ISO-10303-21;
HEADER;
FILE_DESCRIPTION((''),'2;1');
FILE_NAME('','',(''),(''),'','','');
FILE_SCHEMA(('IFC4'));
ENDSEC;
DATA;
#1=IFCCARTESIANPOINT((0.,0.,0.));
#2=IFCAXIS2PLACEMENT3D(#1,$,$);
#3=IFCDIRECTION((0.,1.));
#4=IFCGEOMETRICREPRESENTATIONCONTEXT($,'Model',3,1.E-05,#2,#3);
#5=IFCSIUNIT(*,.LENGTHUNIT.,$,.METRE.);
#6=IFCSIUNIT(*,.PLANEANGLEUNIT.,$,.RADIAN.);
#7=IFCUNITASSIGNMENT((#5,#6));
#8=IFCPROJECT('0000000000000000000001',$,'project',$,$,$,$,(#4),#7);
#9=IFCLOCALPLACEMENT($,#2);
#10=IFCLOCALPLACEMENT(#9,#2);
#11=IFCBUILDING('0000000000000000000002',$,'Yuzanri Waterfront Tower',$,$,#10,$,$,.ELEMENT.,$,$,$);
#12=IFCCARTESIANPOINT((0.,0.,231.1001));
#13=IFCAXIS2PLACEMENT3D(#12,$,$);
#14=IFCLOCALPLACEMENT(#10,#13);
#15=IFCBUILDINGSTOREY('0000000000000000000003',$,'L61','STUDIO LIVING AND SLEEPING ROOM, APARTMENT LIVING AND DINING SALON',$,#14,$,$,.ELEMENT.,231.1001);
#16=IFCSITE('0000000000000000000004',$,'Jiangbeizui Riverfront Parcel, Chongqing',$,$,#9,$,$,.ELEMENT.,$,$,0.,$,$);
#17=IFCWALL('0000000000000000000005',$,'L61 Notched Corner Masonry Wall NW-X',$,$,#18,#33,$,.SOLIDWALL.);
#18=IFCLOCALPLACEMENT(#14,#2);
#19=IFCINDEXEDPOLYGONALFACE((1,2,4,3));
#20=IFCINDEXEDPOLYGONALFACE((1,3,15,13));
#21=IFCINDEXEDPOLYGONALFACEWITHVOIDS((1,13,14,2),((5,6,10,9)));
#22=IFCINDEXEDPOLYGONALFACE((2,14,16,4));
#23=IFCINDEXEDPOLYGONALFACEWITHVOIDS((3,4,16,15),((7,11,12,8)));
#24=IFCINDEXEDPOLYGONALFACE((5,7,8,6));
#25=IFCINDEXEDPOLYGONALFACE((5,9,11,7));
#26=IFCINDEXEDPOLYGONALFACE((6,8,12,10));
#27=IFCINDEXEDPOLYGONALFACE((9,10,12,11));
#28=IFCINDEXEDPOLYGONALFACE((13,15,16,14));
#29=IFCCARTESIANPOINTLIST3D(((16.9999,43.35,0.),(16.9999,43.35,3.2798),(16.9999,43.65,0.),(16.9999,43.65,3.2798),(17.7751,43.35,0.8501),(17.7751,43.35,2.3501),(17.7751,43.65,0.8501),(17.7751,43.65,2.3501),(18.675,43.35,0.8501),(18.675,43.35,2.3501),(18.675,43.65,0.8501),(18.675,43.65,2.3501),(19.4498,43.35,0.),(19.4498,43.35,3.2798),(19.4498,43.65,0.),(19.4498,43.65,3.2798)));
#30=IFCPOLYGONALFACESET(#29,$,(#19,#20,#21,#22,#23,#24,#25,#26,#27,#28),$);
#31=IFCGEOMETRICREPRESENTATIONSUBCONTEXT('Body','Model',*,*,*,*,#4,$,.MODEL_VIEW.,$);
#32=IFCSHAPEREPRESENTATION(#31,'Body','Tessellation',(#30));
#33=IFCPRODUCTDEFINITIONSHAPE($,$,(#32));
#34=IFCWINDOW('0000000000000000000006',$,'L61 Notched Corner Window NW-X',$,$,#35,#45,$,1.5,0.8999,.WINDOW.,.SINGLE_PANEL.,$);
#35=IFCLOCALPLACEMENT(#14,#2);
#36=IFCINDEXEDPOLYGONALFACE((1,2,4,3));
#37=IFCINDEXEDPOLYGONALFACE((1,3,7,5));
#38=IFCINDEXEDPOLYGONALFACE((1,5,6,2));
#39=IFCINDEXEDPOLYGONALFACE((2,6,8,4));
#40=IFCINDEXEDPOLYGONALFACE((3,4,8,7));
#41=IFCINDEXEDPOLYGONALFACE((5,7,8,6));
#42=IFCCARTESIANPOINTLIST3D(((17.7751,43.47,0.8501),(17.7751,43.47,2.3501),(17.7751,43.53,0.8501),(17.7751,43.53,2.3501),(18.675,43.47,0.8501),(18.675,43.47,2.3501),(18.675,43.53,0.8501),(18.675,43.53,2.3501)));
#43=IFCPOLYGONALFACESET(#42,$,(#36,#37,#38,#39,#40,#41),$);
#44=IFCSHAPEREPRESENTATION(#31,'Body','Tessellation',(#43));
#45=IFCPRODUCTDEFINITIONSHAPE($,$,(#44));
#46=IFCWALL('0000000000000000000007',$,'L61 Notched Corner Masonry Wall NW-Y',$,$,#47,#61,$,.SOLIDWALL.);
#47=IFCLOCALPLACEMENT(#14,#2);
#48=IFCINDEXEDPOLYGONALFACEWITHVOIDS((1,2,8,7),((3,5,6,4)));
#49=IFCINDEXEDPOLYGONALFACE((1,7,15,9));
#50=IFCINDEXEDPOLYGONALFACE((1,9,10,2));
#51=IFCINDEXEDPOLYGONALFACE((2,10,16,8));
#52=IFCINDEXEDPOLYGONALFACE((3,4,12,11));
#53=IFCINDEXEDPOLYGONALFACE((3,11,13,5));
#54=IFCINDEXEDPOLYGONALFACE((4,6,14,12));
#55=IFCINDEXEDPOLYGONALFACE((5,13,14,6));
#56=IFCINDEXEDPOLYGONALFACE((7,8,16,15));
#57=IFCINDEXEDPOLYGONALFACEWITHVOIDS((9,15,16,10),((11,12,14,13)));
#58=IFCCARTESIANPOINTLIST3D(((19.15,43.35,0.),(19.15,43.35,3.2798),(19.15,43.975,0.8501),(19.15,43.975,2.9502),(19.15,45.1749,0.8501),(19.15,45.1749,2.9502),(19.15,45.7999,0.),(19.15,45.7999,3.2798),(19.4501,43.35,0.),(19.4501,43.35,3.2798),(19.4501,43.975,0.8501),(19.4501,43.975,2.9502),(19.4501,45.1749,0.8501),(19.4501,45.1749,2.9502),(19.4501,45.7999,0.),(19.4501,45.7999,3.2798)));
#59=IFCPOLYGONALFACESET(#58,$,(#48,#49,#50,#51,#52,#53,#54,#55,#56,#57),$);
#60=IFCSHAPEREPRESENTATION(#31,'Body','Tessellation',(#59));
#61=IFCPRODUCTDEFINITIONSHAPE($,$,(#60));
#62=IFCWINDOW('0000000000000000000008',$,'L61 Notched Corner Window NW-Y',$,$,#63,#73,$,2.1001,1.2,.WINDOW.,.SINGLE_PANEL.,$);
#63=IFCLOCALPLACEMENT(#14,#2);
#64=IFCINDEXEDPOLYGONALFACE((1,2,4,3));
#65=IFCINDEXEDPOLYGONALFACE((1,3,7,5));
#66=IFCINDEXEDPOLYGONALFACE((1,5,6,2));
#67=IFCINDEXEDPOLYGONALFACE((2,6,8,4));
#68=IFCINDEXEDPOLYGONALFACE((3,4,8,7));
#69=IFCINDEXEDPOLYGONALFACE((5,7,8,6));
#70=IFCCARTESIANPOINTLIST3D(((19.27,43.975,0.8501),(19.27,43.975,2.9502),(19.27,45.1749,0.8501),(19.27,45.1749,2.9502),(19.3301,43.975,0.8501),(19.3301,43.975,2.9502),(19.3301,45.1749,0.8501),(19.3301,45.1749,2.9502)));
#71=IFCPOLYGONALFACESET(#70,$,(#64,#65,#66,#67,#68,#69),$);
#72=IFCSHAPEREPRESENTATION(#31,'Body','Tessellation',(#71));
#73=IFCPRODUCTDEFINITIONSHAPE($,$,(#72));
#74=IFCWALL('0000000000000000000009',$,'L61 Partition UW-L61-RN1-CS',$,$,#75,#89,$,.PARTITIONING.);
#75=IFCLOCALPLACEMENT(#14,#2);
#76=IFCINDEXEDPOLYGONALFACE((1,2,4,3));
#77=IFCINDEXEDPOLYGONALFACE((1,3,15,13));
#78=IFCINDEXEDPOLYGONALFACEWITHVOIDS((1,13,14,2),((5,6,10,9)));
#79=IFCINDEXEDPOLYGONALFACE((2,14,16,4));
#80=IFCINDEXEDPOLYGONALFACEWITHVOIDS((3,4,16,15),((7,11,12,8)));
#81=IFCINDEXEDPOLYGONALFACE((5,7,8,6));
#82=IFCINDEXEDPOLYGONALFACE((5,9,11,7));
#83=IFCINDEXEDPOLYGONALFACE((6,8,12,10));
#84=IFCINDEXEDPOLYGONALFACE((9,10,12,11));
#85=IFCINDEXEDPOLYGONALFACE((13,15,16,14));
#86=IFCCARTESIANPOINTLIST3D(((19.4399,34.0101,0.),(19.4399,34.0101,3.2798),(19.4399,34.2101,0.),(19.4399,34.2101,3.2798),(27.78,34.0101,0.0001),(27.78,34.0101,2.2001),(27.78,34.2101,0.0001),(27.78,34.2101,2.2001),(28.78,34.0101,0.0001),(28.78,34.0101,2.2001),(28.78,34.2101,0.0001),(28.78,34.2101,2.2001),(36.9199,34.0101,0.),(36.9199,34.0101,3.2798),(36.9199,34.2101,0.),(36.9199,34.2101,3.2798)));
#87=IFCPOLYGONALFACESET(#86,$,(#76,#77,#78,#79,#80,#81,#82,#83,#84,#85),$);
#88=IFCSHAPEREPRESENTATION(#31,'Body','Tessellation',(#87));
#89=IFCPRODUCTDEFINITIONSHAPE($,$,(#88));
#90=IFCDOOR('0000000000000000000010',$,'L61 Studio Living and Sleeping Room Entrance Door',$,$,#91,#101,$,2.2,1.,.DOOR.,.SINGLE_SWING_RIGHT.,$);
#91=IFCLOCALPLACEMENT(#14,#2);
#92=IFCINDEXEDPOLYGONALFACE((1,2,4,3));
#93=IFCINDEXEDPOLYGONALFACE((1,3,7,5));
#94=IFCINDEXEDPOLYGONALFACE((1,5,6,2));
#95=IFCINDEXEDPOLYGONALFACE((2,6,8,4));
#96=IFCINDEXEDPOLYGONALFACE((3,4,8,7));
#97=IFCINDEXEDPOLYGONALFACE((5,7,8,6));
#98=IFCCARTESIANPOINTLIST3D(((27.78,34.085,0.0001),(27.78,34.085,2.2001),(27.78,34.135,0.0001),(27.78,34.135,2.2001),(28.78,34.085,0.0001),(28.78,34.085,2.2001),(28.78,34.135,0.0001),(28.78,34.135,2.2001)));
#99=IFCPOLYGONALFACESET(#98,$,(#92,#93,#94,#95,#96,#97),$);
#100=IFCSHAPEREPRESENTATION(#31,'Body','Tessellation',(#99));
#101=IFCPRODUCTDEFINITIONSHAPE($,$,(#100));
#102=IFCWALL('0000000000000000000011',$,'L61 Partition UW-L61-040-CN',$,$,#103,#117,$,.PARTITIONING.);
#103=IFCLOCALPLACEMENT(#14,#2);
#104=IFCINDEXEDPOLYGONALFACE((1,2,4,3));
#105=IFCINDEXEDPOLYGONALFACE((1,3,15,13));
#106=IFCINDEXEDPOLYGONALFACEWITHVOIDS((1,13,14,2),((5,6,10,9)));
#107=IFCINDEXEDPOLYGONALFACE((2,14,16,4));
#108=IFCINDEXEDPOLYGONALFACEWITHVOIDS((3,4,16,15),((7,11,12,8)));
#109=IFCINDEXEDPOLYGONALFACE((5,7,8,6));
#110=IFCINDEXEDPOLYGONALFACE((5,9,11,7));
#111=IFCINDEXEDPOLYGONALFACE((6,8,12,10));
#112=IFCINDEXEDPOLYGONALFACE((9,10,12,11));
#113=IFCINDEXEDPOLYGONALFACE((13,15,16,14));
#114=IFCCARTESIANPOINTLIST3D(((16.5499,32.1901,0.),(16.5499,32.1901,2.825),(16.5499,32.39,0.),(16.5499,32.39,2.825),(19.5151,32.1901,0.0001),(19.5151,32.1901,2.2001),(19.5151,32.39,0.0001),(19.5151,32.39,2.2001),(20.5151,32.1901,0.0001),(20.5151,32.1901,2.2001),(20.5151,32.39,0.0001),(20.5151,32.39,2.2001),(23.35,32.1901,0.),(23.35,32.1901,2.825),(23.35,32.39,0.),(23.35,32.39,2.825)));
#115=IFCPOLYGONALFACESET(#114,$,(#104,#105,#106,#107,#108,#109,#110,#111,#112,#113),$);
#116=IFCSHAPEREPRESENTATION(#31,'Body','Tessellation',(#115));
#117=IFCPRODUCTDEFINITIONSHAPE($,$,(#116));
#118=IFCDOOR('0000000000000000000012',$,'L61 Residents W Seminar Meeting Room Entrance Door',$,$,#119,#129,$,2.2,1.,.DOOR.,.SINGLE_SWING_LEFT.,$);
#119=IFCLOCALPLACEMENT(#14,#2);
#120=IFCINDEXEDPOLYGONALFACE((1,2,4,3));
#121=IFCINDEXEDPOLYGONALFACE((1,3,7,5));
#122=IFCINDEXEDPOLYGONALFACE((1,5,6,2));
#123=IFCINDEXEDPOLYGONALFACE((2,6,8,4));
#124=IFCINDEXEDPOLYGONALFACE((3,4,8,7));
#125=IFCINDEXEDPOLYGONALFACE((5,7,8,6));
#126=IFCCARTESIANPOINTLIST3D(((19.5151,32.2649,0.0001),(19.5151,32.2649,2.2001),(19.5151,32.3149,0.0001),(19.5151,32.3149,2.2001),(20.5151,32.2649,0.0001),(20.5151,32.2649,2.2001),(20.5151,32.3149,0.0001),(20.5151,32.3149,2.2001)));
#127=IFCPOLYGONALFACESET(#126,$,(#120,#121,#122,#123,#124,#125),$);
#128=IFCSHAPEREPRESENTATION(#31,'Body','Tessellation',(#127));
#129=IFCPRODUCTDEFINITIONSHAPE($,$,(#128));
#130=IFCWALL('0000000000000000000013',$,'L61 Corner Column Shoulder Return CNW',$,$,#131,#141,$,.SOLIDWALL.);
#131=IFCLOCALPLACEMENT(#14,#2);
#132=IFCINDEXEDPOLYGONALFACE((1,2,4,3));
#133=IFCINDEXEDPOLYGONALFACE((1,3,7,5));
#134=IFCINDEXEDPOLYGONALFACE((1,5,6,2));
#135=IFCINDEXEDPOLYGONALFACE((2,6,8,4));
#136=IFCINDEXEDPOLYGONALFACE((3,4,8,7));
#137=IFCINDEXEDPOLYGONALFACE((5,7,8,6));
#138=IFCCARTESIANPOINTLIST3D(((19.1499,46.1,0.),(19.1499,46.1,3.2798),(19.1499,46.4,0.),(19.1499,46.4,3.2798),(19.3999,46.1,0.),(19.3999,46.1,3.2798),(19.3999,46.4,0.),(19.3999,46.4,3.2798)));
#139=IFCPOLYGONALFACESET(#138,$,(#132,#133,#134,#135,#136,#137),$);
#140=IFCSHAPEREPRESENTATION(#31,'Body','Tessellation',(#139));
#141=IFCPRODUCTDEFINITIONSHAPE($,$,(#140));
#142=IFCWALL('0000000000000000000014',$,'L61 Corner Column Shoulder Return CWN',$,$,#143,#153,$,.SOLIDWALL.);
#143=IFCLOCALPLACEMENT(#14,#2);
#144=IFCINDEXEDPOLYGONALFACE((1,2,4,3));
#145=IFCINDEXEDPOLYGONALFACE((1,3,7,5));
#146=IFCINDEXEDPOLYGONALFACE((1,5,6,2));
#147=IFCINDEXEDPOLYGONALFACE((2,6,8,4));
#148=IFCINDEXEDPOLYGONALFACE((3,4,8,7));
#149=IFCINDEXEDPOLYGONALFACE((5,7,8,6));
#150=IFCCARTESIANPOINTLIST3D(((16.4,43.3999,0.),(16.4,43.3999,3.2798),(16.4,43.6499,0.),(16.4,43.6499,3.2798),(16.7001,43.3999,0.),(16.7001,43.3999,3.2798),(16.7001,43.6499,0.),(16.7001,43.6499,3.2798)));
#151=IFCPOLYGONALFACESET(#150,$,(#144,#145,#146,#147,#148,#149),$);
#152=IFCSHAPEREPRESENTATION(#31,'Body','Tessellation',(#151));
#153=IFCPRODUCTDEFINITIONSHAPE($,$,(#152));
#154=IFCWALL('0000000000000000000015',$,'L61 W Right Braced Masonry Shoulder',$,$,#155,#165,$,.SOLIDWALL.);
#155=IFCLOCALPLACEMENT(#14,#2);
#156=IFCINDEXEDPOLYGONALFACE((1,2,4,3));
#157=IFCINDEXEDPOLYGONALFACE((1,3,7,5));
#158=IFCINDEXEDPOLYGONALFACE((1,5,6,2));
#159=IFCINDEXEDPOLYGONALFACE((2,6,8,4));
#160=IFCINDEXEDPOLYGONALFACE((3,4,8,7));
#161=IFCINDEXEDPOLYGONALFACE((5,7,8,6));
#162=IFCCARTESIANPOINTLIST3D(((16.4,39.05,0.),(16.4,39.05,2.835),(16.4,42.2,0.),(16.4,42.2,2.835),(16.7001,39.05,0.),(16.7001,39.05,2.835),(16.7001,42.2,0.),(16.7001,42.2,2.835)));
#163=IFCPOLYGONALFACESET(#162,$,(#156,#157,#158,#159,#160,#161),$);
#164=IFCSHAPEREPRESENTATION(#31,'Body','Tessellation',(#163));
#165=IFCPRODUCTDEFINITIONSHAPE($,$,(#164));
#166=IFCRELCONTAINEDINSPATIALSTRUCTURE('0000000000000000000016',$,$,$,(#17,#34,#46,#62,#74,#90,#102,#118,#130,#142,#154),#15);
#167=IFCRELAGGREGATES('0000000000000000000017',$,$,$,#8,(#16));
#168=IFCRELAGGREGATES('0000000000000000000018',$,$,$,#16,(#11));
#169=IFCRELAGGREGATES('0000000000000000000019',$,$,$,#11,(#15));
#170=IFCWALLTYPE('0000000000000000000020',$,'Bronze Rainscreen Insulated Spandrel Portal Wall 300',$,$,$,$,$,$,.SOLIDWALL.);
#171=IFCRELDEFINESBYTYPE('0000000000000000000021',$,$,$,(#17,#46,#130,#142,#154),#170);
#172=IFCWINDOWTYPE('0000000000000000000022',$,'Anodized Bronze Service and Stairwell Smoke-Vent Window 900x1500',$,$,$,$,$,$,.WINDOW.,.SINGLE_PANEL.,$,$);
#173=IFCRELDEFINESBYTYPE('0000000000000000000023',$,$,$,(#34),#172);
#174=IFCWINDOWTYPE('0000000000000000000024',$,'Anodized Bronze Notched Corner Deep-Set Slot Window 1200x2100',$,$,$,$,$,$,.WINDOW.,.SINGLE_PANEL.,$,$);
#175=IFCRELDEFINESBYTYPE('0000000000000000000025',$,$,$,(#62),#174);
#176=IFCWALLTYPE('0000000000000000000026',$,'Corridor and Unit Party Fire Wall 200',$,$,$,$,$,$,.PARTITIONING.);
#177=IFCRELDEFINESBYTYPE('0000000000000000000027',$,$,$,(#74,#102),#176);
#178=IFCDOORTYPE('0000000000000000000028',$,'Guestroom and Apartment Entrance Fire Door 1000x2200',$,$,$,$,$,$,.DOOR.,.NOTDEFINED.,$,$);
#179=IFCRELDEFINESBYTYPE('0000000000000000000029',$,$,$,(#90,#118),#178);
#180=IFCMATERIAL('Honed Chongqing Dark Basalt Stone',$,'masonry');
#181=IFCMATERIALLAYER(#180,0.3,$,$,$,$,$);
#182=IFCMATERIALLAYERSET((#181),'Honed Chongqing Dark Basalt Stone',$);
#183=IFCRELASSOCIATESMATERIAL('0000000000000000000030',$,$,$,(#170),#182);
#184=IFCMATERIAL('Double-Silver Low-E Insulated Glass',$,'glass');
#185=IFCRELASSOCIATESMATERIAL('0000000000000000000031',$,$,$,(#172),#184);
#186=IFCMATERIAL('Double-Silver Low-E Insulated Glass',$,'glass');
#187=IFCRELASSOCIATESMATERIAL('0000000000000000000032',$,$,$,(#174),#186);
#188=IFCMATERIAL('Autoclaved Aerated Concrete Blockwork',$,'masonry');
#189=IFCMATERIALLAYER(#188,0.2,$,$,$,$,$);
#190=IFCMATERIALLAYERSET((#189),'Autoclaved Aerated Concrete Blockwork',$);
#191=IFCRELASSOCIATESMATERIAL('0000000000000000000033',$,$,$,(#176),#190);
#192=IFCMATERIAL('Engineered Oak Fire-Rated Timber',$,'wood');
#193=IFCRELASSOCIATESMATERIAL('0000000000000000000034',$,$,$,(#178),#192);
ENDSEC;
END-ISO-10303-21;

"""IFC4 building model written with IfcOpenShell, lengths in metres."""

from ifc_helpers import new_model, si_unit, direction, frame, frame_2d, origin, place, context, subcontext, project, spatial, rectangle, extrude, source, transform, mapped, material, layer, layer_set, type_object, element, fill, save


model = new_model("IFC4")

# Units and contexts
model_context = context("Model", 3, precision=1e-05, world=origin(), true_north=direction((0.0, 1.0)))
body_context = subcontext(model_context, "Body", "Model", "MODEL_VIEW")
ifc_project = project(units=[si_unit("LENGTHUNIT", "METRE"), si_unit("PLANEANGLEUNIT", "RADIAN")], contexts=[model_context])

# Site, building, storey
site_placement = place(None, origin())
site = spatial("IfcSite", under=ifc_project, at=site_placement, Name="Jiangbeizui Riverfront Parcel, Chongqing", CompositionType="ELEMENT", RefElevation=0.0)
building_placement = place(site_placement, origin())
building = spatial("IfcBuilding", under=site, at=building_placement, Name="Yuzanri Waterfront Tower", CompositionType="ELEMENT")
storey_placement = place(building_placement, frame((0.0, 0.0, 231.1001)))
storey = spatial("IfcBuildingStorey", under=building, at=storey_placement, Name="L61", Description="STUDIO LIVING AND SLEEPING ROOM, APARTMENT LIVING AND DINING SALON", CompositionType="ELEMENT", Elevation=231.1001)

# Walls, openings, windows
ifc_material_1 = material(Name="Honed Chongqing Dark Basalt Stone", Category="masonry")
ifc_layer_1 = layer(ifc_material_1, 0.3)
ifc_layer_set_1 = layer_set([ifc_layer_1], Name="Honed Chongqing Dark Basalt Stone")
wall_type_1 = type_object("IfcWallType", Name="Bronze Rainscreen Insulated Spandrel Portal Wall 300", PredefinedType="SOLIDWALL", material=ifc_layer_set_1)
wall_1_placement = place(storey_placement, frame((19.45, 43.5, 0.0), z_axis=(0.0, 0.0, 1.0), x_axis=(-1.0, 0.0, 0.0)))
wall_1 = element("IfcWall", 1, at=wall_1_placement, inside=storey, type_object=wall_type_1, Name="L61 Notched Corner Masonry Wall NW-X", PredefinedType="SOLIDWALL", context=body_context, shape_type="SweptSolid", body=[
    extrude(rectangle(XDim=2.45, YDim=0.3, at=frame_2d((1.2251, 0.0))), origin(), (0.0, 0.0, 1.0), 3.2798),
])
opening_1_placement = place(wall_1_placement, frame((0.7749, 0.0, 0.8501)))
opening_1 = element("IfcOpeningElement", 2, at=opening_1_placement, cuts=wall_1, PredefinedType="OPENING", context=body_context, shape_type="SweptSolid", body=[
    extrude(rectangle(XDim=0.8999, YDim=1.5, at=frame_2d((0.45, 0.75))), frame((0.0, 0.165, 0.0), z_axis=(0.0, -1.0, 0.0), x_axis=(1.0, 0.0, 0.0)), (0.0, 0.0, 1.0), 0.3298),
])
ifc_material_2 = material(Name="Double-Silver Low-E Insulated Glass", Category="glass")
window_type_1 = type_object("IfcWindowType", Name="Anodized Bronze Service and Stairwell Smoke-Vent Window 900x1500", PartitioningType="SINGLE_PANEL", PredefinedType="WINDOW", material=ifc_material_2)
shared_shape_1 = source(origin(), body_context, "Body", "SweptSolid", [
    extrude(rectangle(XDim=0.8999, YDim=1.5, at=frame_2d((0.45, 0.75))), frame((0.0, 0.03, 0.0), z_axis=(0.0, -1.0, 0.0), x_axis=(1.0, 0.0, 0.0)), (0.0, 0.0, 1.0), 0.0601),
])
window_1_placement = place(opening_1_placement, origin())
window_1 = element("IfcWindow", 3, at=window_1_placement, inside=storey, type_object=window_type_1, Name="L61 Notched Corner Window NW-X", OverallHeight=1.5, OverallWidth=0.8999, PartitioningType="SINGLE_PANEL", PredefinedType="WINDOW", context=body_context, shape_type="MappedRepresentation", body=[
    mapped(shared_shape_1, transform((0.0, 0.0, 0.0), scale=1.0)),
])
fill(opening_1, window_1)
wall_2_placement = place(storey_placement, frame((19.3, 45.8, 0.0), z_axis=(0.0, 0.0, 1.0), x_axis=(0.0, -1.0, 0.0)))
wall_2 = element("IfcWall", 4, at=wall_2_placement, inside=storey, type_object=wall_type_1, Name="L61 Notched Corner Masonry Wall NW-Y", PredefinedType="SOLIDWALL", context=body_context, shape_type="SweptSolid", body=[
    extrude(rectangle(XDim=2.45, YDim=0.3, at=frame_2d((1.2251, 0.0))), origin(), (0.0, 0.0, 1.0), 3.2798),
])
opening_2_placement = place(wall_2_placement, frame((0.625, 0.0, 0.8501)))
opening_2 = element("IfcOpeningElement", 5, at=opening_2_placement, cuts=wall_2, PredefinedType="OPENING", context=body_context, shape_type="SweptSolid", body=[
    extrude(rectangle(XDim=1.2, YDim=2.1001, at=frame_2d((0.6001, 1.05))), frame((0.0, 0.165, 0.0), z_axis=(0.0, -1.0, 0.0), x_axis=(1.0, 0.0, 0.0)), (0.0, 0.0, 1.0), 0.3298),
])
ifc_material_3 = material(Name="Double-Silver Low-E Insulated Glass", Category="glass")
window_type_2 = type_object("IfcWindowType", Name="Anodized Bronze Notched Corner Deep-Set Slot Window 1200x2100", PartitioningType="SINGLE_PANEL", PredefinedType="WINDOW", material=ifc_material_3)
shared_shape_2 = source(origin(), body_context, "Body", "SweptSolid", [
    extrude(rectangle(XDim=1.2, YDim=2.1001, at=frame_2d((0.6001, 1.05))), frame((0.0, 0.03, 0.0), z_axis=(0.0, -1.0, 0.0), x_axis=(1.0, 0.0, 0.0)), (0.0, 0.0, 1.0), 0.0601),
])
window_2_placement = place(opening_2_placement, origin())
window_2 = element("IfcWindow", 6, at=window_2_placement, inside=storey, type_object=window_type_2, Name="L61 Notched Corner Window NW-Y", OverallHeight=2.1001, OverallWidth=1.2, PartitioningType="SINGLE_PANEL", PredefinedType="WINDOW", context=body_context, shape_type="MappedRepresentation", body=[
    mapped(shared_shape_2, transform((0.0, 0.0, 0.0), scale=1.0)),
])
fill(opening_2, window_2)

# Walls, openings, doors
ifc_material_4 = material(Name="Autoclaved Aerated Concrete Blockwork", Category="masonry")
ifc_layer_2 = layer(ifc_material_4, 0.2)
ifc_layer_set_2 = layer_set([ifc_layer_2], Name="Autoclaved Aerated Concrete Blockwork")
wall_type_2 = type_object("IfcWallType", Name="Corridor and Unit Party Fire Wall 200", PredefinedType="PARTITIONING", material=ifc_layer_set_2)
wall_3_placement = place(storey_placement, frame((19.4399, 34.1101, 0.0), z_axis=(0.0, 0.0, 1.0), x_axis=(1.0, 0.0, 0.0)))
wall_3 = element("IfcWall", 7, at=wall_3_placement, inside=storey, type_object=wall_type_2, Name="L61 Partition UW-L61-RN1-CS", PredefinedType="PARTITIONING", context=body_context, shape_type="SweptSolid", body=[
    extrude(rectangle(XDim=17.48, YDim=0.2, at=frame_2d((8.74, 0.0))), origin(), (0.0, 0.0, 1.0), 3.2798),
])
opening_3_placement = place(wall_3_placement, frame((8.3401, 0.0, 0.0)))
opening_3 = element("IfcOpeningElement", 8, at=opening_3_placement, cuts=wall_3, PredefinedType="OPENING", context=body_context, shape_type="SweptSolid", body=[
    extrude(rectangle(XDim=1.0, YDim=2.2, at=frame_2d((0.5, 1.1001))), frame((0.0, 0.1147, 0.0), z_axis=(0.0, -1.0, 0.0), x_axis=(1.0, 0.0, 0.0)), (0.0, 0.0, 1.0), 0.2297),
])
ifc_material_5 = material(Name="Engineered Oak Fire-Rated Timber", Category="wood")
door_type = type_object("IfcDoorType", Name="Guestroom and Apartment Entrance Fire Door 1000x2200", OperationType="NOTDEFINED", PredefinedType="DOOR", material=ifc_material_5)
shared_shape_3 = source(origin(), body_context, "Body", "SweptSolid", [
    extrude(rectangle(XDim=1.0, YDim=2.2, at=frame_2d((0.5, 1.1001))), frame((0.0, 0.0249, 0.0), z_axis=(0.0, -1.0, 0.0), x_axis=(1.0, 0.0, 0.0)), (0.0, 0.0, 1.0), 0.05),
])
door_1_placement = place(opening_3_placement, origin())
door_1 = element("IfcDoor", 9, at=door_1_placement, inside=storey, type_object=door_type, Name="L61 Studio Living and Sleeping Room Entrance Door", OperationType="SINGLE_SWING_RIGHT", OverallHeight=2.2, OverallWidth=1.0, PredefinedType="DOOR", context=body_context, shape_type="MappedRepresentation", body=[
    mapped(shared_shape_3, transform((0.0, 0.0, 0.0), scale=1.0)),
])
fill(opening_3, door_1)
wall_4_placement = place(storey_placement, frame((16.55, 32.29, 0.0), z_axis=(0.0, 0.0, 1.0), x_axis=(1.0, 0.0, 0.0)))
wall_4 = element("IfcWall", 10, at=wall_4_placement, inside=storey, type_object=wall_type_2, Name="L61 Partition UW-L61-040-CN", PredefinedType="PARTITIONING", context=body_context, shape_type="SweptSolid", body=[
    extrude(rectangle(XDim=6.8, YDim=0.2, at=frame_2d((3.3999, 0.0))), origin(), (0.0, 0.0, 1.0), 2.825),
])
opening_4_placement = place(wall_4_placement, frame((2.9651, 0.0, 0.0)))
opening_4 = element("IfcOpeningElement", 11, at=opening_4_placement, cuts=wall_4, PredefinedType="OPENING", context=body_context, shape_type="SweptSolid", body=[
    extrude(rectangle(XDim=1.0, YDim=2.2, at=frame_2d((0.5, 1.1001))), frame((0.0, 0.1147, 0.0), z_axis=(0.0, -1.0, 0.0), x_axis=(1.0, 0.0, 0.0)), (0.0, 0.0, 1.0), 0.2297),
])
door_2_placement = place(opening_4_placement, origin())
door_2 = element("IfcDoor", 12, at=door_2_placement, inside=storey, type_object=door_type, Name="L61 Residents W Seminar Meeting Room Entrance Door", OperationType="SINGLE_SWING_LEFT", OverallHeight=2.2, OverallWidth=1.0, PredefinedType="DOOR", context=body_context, shape_type="MappedRepresentation", body=[
    mapped(shared_shape_3, transform((0.0, 0.0, 0.0), scale=1.0)),
])
fill(opening_4, door_2)

# Walls
shared_shape_4 = source(origin(), body_context, "Body", "SweptSolid", [
    extrude(rectangle(XDim=0.25, YDim=0.3, at=frame_2d((0.125, 0.0))), origin(), (0.0, 0.0, 1.0), 3.2798),
])
for number, where, z_axis, x_axis, name in (
    (13, (19.1499, 46.25, 0.0), (0.0, 0.0, 1.0), (1.0, 0.0, 0.0), "L61 Corner Column Shoulder Return CNW"),
    (14, (16.55, 43.3999, 0.0), (0.0, 0.0, 1.0), (0.0, 1.0, 0.0), "L61 Corner Column Shoulder Return CWN"),
):
    element("IfcWall", number, at=place(storey_placement, frame(where, z_axis=z_axis, x_axis=x_axis)), inside=storey, type_object=wall_type_1, Name=name, PredefinedType="SOLIDWALL", context=body_context, shape_type="MappedRepresentation", body=[
        mapped(shared_shape_4, transform((0.0, 0.0, 0.0), scale=1.0)),
    ])
shared_shape_5 = source(origin(), body_context, "Body", "SweptSolid", [
    extrude(rectangle(XDim=3.1499, YDim=0.3, at=frame_2d((1.575, 0.0))), origin(), (0.0, 0.0, 1.0), 2.835),
])
wall_5_placement = place(storey_placement, frame((16.55, 39.05, 0.0), z_axis=(0.0, 0.0, 1.0), x_axis=(0.0, 1.0, 0.0)))
element("IfcWall", 15, at=wall_5_placement, inside=storey, type_object=wall_type_1, Name="L61 W Right Braced Masonry Shoulder", PredefinedType="SOLIDWALL", context=body_context, shape_type="MappedRepresentation", body=[
    mapped(shared_shape_5, transform((0.0, 0.0, 0.0), scale=1.0)),
])

save(model, "model.ifc")
